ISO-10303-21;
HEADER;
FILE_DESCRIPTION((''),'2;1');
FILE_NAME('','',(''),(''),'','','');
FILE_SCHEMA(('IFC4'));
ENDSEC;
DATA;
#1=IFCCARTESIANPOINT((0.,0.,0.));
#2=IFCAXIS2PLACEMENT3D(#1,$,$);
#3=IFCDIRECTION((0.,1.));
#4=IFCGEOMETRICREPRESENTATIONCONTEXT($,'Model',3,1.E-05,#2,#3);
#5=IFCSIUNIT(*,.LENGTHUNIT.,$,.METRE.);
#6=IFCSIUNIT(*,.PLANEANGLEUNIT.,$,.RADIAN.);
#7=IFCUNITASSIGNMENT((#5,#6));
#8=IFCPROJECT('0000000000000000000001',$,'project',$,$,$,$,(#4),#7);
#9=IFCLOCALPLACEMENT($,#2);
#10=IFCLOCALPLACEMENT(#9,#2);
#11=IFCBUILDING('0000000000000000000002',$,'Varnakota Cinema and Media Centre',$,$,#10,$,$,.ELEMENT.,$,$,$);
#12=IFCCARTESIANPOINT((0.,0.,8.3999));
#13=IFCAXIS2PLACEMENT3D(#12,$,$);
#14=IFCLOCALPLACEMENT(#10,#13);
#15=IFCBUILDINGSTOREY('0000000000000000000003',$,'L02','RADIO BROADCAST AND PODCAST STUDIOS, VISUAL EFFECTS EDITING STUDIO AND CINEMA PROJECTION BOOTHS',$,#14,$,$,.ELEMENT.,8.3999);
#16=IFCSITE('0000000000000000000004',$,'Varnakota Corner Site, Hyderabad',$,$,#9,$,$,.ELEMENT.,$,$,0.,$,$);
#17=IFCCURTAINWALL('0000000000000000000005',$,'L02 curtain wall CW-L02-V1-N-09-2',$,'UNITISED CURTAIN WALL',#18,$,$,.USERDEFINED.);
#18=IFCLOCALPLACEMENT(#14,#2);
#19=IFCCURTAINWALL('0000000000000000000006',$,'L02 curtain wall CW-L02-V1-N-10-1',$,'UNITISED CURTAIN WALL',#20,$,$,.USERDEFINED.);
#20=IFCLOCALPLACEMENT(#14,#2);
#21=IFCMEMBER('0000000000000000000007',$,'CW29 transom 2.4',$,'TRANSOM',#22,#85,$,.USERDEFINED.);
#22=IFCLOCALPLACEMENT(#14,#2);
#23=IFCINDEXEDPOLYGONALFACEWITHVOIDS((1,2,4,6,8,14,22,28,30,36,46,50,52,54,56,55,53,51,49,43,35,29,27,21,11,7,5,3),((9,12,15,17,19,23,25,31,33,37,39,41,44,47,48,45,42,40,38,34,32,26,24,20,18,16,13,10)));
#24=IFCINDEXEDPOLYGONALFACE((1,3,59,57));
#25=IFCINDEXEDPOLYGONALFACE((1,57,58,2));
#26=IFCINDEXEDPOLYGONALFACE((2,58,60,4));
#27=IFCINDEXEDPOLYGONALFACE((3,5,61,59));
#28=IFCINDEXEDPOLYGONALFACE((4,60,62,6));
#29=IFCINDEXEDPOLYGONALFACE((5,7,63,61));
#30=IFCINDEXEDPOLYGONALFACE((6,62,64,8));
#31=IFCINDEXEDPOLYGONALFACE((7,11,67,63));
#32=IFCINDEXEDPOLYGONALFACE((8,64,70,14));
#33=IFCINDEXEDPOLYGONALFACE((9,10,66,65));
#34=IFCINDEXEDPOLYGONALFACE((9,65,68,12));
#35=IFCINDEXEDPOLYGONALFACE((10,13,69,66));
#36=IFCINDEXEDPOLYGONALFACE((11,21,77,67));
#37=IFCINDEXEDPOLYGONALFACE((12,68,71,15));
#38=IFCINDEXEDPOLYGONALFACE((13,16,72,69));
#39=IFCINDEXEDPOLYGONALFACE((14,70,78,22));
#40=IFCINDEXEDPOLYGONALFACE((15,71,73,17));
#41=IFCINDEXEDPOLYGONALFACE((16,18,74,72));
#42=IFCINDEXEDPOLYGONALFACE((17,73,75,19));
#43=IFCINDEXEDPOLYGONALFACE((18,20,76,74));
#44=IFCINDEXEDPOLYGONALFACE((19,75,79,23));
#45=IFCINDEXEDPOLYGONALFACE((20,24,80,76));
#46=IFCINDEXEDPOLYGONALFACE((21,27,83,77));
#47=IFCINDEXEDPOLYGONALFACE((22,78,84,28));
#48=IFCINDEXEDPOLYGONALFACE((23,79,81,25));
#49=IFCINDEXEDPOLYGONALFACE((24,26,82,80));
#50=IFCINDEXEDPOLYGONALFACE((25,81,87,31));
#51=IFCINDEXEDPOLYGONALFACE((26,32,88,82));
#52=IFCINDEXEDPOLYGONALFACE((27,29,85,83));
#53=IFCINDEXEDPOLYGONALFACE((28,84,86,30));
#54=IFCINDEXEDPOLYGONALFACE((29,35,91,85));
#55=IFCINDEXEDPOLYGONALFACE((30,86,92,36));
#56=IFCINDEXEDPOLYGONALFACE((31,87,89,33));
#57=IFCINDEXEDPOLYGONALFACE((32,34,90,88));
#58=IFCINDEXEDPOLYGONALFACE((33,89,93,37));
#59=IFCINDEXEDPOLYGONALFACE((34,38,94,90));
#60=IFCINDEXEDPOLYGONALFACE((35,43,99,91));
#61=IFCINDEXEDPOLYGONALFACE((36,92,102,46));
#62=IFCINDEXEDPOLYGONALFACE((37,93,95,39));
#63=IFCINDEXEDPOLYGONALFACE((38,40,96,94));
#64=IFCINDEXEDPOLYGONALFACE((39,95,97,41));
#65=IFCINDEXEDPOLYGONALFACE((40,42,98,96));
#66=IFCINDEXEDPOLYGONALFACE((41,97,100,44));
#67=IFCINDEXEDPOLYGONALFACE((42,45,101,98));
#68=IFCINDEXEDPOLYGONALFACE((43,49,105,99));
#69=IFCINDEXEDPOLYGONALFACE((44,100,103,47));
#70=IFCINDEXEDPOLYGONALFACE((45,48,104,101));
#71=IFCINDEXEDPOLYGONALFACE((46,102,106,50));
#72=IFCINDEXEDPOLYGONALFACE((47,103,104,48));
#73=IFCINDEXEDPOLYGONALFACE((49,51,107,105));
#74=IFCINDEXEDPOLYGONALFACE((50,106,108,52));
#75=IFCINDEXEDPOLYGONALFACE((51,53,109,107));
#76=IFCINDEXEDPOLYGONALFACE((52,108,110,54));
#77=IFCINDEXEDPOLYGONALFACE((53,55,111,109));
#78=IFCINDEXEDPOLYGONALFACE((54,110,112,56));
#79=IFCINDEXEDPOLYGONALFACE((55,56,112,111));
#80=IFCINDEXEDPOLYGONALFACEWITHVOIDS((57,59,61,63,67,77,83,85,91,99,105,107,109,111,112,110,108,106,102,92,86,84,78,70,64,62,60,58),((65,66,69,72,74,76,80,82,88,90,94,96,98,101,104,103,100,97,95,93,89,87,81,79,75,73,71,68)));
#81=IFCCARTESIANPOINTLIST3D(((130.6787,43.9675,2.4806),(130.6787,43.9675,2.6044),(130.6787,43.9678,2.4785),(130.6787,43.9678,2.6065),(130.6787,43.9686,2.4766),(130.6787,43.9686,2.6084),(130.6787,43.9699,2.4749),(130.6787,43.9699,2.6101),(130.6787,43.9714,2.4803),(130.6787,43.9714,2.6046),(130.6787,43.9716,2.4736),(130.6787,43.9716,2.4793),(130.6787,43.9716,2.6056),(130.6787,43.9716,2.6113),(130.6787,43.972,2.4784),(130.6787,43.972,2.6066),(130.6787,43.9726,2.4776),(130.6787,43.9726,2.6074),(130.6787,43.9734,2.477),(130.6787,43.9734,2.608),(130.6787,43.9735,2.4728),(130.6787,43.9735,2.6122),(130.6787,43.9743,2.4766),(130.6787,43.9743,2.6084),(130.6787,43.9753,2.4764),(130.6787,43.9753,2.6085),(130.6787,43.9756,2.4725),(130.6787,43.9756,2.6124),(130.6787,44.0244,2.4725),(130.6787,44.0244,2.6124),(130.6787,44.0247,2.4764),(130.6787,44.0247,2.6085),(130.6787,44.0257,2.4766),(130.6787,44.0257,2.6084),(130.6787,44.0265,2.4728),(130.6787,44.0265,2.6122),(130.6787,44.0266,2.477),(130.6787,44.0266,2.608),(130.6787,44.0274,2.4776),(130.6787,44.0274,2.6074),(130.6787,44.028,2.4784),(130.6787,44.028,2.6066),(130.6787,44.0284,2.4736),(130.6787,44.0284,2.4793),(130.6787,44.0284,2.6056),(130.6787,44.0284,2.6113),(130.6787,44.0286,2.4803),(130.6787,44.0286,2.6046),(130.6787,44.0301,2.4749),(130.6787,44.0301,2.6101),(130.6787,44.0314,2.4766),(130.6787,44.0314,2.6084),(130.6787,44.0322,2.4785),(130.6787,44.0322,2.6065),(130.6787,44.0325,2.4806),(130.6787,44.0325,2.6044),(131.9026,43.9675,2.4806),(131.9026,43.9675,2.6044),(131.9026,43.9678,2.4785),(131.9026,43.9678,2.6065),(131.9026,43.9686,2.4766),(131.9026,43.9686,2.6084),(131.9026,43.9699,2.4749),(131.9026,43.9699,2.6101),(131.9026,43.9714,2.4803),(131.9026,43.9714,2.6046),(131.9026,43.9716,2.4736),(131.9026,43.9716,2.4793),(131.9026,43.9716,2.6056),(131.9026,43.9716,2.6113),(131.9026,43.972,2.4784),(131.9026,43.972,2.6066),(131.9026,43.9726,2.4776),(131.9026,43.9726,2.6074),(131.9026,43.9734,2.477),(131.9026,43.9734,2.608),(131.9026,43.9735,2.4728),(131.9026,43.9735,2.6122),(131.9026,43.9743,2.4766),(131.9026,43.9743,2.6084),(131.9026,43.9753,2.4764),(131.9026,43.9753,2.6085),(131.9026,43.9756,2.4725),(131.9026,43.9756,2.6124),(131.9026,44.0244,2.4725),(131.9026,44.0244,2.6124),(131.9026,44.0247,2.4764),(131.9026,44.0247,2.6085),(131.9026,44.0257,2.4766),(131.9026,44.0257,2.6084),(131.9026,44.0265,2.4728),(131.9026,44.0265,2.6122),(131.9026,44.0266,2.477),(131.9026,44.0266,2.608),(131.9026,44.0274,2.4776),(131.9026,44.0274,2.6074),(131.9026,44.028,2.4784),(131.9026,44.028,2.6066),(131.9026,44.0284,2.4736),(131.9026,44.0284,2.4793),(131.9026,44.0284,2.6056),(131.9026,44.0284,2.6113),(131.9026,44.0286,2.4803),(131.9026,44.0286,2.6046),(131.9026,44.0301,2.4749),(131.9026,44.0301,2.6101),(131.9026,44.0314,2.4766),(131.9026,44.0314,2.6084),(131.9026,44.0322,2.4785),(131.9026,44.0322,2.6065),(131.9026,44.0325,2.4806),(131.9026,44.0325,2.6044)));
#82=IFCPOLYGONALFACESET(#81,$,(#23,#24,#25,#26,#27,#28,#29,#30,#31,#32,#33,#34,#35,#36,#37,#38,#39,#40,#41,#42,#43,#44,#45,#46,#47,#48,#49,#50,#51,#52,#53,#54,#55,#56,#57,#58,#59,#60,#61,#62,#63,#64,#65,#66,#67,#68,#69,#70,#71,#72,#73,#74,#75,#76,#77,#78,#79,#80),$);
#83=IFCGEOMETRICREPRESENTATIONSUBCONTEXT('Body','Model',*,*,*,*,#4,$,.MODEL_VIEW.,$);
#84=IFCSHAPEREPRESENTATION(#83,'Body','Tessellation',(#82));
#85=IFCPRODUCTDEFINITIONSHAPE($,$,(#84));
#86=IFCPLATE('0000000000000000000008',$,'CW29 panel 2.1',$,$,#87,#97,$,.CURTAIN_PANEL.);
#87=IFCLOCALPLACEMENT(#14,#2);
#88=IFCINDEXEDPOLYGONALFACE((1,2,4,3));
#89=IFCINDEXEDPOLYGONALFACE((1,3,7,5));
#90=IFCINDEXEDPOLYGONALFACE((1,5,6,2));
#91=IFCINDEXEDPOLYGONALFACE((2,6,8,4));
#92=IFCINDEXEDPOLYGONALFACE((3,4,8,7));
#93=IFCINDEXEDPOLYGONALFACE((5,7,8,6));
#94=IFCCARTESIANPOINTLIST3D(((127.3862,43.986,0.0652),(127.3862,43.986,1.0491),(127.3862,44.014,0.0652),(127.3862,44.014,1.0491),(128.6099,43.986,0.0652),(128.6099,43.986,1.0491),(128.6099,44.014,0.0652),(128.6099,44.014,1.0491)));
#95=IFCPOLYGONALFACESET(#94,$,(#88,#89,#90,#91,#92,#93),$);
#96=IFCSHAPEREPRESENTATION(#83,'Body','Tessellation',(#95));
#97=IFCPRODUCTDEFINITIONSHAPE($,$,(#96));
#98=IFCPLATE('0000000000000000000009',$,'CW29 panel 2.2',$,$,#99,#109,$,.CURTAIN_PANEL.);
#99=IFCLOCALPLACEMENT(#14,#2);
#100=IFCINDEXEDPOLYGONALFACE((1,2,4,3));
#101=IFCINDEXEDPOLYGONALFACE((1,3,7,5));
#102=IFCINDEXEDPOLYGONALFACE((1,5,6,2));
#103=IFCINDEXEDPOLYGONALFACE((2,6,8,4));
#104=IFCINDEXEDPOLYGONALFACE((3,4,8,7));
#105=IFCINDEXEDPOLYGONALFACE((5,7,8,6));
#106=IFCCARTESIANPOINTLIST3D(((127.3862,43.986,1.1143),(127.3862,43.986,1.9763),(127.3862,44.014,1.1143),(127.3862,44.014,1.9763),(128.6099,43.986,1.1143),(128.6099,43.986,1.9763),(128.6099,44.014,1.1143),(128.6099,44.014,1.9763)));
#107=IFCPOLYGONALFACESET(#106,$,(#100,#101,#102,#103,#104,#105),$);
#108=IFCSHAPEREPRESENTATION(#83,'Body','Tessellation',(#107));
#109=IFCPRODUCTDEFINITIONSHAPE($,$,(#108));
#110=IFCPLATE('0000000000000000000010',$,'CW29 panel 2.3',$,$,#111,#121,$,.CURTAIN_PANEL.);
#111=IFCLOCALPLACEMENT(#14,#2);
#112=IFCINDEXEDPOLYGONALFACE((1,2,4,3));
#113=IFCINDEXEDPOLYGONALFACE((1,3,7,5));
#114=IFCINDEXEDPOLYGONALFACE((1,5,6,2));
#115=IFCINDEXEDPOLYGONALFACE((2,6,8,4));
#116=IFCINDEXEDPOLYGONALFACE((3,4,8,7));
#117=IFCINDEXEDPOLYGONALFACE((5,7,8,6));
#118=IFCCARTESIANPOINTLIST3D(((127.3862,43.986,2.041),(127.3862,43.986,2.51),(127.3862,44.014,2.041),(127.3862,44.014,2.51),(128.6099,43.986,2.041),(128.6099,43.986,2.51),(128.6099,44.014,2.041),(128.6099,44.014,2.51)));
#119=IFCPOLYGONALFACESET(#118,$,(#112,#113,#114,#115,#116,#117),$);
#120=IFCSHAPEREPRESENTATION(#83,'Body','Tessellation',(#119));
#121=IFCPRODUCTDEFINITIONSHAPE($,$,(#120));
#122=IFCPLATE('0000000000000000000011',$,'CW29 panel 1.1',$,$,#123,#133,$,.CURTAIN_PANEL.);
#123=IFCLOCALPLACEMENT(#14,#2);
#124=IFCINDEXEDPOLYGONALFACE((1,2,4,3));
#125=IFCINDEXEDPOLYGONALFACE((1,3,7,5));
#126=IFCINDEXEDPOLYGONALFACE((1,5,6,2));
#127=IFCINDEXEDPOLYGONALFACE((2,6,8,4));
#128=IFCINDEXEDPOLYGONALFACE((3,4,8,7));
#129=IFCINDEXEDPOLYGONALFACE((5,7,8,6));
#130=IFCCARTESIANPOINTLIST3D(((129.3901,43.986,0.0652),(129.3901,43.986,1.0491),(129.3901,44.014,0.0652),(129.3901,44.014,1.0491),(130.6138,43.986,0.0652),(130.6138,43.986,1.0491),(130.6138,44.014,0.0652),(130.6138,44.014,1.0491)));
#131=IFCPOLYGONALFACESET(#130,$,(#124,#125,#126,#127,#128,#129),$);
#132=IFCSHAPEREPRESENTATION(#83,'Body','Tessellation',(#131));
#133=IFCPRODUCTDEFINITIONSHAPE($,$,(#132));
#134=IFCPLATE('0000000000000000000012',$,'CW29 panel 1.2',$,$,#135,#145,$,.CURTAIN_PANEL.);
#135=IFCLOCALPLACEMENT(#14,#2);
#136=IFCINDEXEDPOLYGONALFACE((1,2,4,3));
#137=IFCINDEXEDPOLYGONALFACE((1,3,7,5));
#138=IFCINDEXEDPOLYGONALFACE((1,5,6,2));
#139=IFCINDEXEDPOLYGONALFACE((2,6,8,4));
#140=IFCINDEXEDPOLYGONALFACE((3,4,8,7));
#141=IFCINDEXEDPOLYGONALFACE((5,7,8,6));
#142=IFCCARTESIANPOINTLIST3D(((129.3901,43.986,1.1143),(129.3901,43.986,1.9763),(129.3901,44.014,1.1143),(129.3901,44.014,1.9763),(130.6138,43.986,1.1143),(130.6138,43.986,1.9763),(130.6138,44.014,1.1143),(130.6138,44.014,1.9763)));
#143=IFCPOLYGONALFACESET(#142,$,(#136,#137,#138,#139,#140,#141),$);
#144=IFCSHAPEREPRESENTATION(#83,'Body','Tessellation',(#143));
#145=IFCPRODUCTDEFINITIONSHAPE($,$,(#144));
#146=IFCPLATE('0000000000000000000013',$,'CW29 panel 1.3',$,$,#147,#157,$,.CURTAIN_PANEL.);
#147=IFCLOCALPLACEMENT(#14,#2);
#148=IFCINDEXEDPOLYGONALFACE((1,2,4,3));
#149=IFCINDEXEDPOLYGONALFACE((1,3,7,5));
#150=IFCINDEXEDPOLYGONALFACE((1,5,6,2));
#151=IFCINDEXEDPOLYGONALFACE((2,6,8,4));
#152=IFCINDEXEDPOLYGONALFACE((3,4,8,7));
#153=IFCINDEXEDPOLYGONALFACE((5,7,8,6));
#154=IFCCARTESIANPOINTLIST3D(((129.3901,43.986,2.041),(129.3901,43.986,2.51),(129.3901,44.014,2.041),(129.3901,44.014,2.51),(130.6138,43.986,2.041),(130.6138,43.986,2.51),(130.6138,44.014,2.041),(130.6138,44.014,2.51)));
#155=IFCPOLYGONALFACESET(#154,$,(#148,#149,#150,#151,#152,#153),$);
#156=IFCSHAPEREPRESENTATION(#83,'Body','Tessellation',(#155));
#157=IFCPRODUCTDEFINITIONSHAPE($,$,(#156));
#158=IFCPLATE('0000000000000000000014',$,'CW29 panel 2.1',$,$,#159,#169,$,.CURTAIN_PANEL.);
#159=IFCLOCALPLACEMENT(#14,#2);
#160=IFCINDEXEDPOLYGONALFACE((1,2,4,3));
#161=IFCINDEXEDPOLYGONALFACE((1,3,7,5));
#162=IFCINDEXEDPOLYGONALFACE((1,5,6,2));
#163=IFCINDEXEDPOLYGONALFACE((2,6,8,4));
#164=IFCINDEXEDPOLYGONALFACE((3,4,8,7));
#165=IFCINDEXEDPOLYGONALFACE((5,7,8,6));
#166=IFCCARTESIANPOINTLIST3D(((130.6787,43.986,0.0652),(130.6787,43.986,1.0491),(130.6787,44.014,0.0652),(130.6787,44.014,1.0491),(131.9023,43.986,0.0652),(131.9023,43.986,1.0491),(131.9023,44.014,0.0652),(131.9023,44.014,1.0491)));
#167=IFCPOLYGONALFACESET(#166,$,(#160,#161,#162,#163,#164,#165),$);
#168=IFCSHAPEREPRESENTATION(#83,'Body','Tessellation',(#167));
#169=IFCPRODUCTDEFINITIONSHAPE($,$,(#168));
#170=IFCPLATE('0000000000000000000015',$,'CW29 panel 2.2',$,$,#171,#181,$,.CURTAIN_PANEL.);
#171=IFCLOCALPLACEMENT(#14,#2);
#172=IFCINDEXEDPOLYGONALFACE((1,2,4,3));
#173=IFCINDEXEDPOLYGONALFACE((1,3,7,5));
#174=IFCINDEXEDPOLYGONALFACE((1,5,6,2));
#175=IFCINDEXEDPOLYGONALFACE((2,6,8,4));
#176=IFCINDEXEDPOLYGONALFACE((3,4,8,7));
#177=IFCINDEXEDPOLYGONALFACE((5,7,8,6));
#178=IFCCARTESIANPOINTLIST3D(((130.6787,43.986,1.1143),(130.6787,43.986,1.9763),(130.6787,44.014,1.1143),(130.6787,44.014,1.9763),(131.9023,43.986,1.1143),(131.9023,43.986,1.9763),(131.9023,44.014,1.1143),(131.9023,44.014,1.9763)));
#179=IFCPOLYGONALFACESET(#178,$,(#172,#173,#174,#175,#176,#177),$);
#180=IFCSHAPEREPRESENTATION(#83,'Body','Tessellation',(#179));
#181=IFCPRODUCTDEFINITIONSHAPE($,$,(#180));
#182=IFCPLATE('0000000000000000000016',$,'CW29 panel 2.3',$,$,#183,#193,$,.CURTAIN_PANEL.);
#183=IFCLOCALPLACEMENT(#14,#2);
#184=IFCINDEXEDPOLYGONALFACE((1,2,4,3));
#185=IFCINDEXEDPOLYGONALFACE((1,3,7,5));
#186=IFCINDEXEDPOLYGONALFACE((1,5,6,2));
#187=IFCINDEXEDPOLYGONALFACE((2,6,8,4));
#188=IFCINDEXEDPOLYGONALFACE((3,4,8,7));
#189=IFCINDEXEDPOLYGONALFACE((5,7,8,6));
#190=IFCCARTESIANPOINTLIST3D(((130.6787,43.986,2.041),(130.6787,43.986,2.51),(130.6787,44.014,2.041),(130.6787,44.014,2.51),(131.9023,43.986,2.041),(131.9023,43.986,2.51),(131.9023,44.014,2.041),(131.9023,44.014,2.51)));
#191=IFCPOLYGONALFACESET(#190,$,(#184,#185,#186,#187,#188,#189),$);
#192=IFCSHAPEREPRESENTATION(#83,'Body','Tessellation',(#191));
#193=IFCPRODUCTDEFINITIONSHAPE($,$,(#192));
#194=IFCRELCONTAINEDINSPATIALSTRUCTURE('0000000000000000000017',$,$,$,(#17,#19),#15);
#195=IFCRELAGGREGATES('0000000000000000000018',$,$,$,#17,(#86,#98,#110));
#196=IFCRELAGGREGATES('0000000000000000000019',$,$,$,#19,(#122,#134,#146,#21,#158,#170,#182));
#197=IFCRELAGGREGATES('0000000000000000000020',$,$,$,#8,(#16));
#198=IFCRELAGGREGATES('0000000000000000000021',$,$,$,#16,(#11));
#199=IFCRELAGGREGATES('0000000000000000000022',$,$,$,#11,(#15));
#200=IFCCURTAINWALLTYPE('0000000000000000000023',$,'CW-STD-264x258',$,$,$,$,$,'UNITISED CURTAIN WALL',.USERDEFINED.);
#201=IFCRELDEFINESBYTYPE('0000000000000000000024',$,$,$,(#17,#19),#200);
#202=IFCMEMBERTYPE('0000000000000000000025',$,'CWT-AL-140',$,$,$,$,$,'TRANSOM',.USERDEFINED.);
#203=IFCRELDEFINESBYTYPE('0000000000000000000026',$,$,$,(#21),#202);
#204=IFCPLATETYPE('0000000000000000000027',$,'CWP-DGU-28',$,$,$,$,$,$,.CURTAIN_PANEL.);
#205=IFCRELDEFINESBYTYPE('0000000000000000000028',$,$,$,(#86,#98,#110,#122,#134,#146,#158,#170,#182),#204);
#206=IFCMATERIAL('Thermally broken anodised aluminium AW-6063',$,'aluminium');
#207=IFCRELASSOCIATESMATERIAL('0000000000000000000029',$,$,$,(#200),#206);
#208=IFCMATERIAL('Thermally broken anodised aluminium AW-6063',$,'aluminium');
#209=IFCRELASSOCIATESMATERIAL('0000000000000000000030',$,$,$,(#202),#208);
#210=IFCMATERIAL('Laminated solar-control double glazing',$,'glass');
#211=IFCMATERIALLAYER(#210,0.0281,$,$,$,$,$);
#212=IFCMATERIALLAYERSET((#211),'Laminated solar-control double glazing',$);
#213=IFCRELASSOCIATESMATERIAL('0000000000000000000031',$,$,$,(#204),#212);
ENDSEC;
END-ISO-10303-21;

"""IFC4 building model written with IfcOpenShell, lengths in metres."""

from ifc_helpers import new_model, si_unit, direction, frame, origin, origin_2d, place, context, subcontext, project, spatial, rectangle, hollow_rectangle, extrude, material, layer, layer_set, material_profile, profile_set, type_object, element, aggregate, save


model = new_model("IFC4")

# Units and contexts
model_context = context("Model", 3, precision=1e-05, world=origin(), true_north=direction((0.0, 1.0)))
body_context = subcontext(model_context, "Body", "Model", "MODEL_VIEW")
ifc_project = project(units=[si_unit("LENGTHUNIT", "METRE"), si_unit("PLANEANGLEUNIT", "RADIAN")], contexts=[model_context])

# Site, building, storey
site_placement = place(None, origin())
site = spatial("IfcSite", under=ifc_project, at=site_placement, Name="Varnakota Corner Site, Hyderabad", CompositionType="ELEMENT", RefElevation=0.0)
building_placement = place(site_placement, origin())
building = spatial("IfcBuilding", under=site, at=building_placement, Name="Varnakota Cinema and Media Centre", CompositionType="ELEMENT")
storey_placement = place(building_placement, frame((0.0, 0.0, 8.3999)))
storey = spatial("IfcBuildingStorey", under=building, at=storey_placement, Name="L02", Description="RADIO BROADCAST AND PODCAST STUDIOS, VISUAL EFFECTS EDITING STUDIO AND CINEMA PROJECTION BOOTHS", CompositionType="ELEMENT", Elevation=8.3999)

# Curtain wall
ifc_material_1 = material(Name="Thermally broken anodised aluminium AW-6063", Category="aluminium")
curtain_wall_type = type_object("IfcCurtainWallType", Name="CW-STD-264x258", ElementType="UNITISED CURTAIN WALL", PredefinedType="USERDEFINED", material=ifc_material_1)
curtain_wall_1_placement = place(storey_placement, origin())
curtain_wall_1 = element("IfcCurtainWall", 1, at=curtain_wall_1_placement, inside=storey, type_object=curtain_wall_type, Name="L02 curtain wall CW-L02-V1-N-09-2", ObjectType="UNITISED CURTAIN WALL", PredefinedType="USERDEFINED")

# Curtain wall
curtain_wall_2_placement = place(storey_placement, origin())
curtain_wall_2 = element("IfcCurtainWall", 2, at=curtain_wall_2_placement, inside=storey, type_object=curtain_wall_type, Name="L02 curtain wall CW-L02-V1-N-10-1", ObjectType="UNITISED CURTAIN WALL", PredefinedType="USERDEFINED")

# Member
ifc_material_2 = material(Name="Thermally broken anodised aluminium AW-6063", Category="aluminium")
ifc_material_profile_1 = material_profile(ifc_material_2, hollow_rectangle(XDim=0.0649, YDim=0.1399, WallThickness=0.0039, InnerFilletRadius=0.0039, OuterFilletRadius=0.0081, at=origin_2d()), Name="AL-TRANSOM 140x65x4")
ifc_profile_set_1 = profile_set([ifc_material_profile_1], Name="Thermally broken anodised aluminium AW-6063")
member_type_1 = type_object("IfcMemberType", Name="CWT-AL-140", ElementType="TRANSOM", PredefinedType="USERDEFINED", material=ifc_profile_set_1)
member_1_placement = place(storey_placement, frame((130.6787, 44.0, 2.5425), z_axis=(1.0, 0.0, 0.0), x_axis=(0.0, 1.0, 0.0)))
member_1 = element("IfcMember", 3, at=member_1_placement, type_object=member_type_1, Name="CW29 transom 2.4", ObjectType="TRANSOM", PredefinedType="USERDEFINED", context=body_context, shape_type="SweptSolid", body=[
    extrude(hollow_rectangle(XDim=0.0649, YDim=0.1399, WallThickness=0.0039, InnerFilletRadius=0.0039, OuterFilletRadius=0.0081, at=origin_2d()), origin(), (0.0, 0.0, 1.0), 1.2239),
])

# Plates
ifc_material_3 = material(Name="Laminated solar-control double glazing", Category="glass")
ifc_layer = layer(ifc_material_3, 0.0281)
ifc_layer_set = layer_set([ifc_layer], Name="Laminated solar-control double glazing")
plate_type = type_object("IfcPlateType", Name="CWP-DGU-28", PredefinedType="CURTAIN_PANEL", material=ifc_layer_set)
plate_1_placement = place(storey_placement, frame((127.998, 44.0, 0.0652), z_axis=(0.0, 0.0, 1.0), x_axis=(1.0, 0.0, 0.0)))
plate_1 = element("IfcPlate", 4, at=plate_1_placement, type_object=plate_type, Name="CW29 panel 2.1", PredefinedType="CURTAIN_PANEL", context=body_context, shape_type="SweptSolid", body=[
    extrude(rectangle(XDim=1.2236, YDim=0.0281, at=origin_2d()), origin(), (0.0, 0.0, 1.0), 0.9839),
])
plate_2_placement = place(storey_placement, frame((127.998, 44.0, 1.1143), z_axis=(0.0, 0.0, 1.0), x_axis=(1.0, 0.0, 0.0)))
plate_2 = element("IfcPlate", 5, at=plate_2_placement, type_object=plate_type, Name="CW29 panel 2.2", PredefinedType="CURTAIN_PANEL", context=body_context, shape_type="SweptSolid", body=[
    extrude(rectangle(XDim=1.2236, YDim=0.0281, at=origin_2d()), origin(), (0.0, 0.0, 1.0), 0.8621),
])
plate_3_placement = place(storey_placement, frame((127.998, 44.0, 2.041), z_axis=(0.0, 0.0, 1.0), x_axis=(1.0, 0.0, 0.0)))
plate_3 = element("IfcPlate", 6, at=plate_3_placement, type_object=plate_type, Name="CW29 panel 2.3", PredefinedType="CURTAIN_PANEL", context=body_context, shape_type="SweptSolid", body=[
    extrude(rectangle(XDim=1.2236, YDim=0.0281, at=origin_2d()), origin(), (0.0, 0.0, 1.0), 0.469),
])
aggregate(curtain_wall_1, [plate_1, plate_2, plate_3])
plate_4_placement = place(storey_placement, frame((130.002, 44.0, 0.0652), z_axis=(0.0, 0.0, 1.0), x_axis=(1.0, 0.0, 0.0)))
plate_4 = element("IfcPlate", 7, at=plate_4_placement, type_object=plate_type, Name="CW29 panel 1.1", PredefinedType="CURTAIN_PANEL", context=body_context, shape_type="SweptSolid", body=[
    extrude(rectangle(XDim=1.2236, YDim=0.0281, at=origin_2d()), origin(), (0.0, 0.0, 1.0), 0.9839),
])
plate_5_placement = place(storey_placement, frame((130.002, 44.0, 1.1143), z_axis=(0.0, 0.0, 1.0), x_axis=(1.0, 0.0, 0.0)))
plate_5 = element("IfcPlate", 8, at=plate_5_placement, type_object=plate_type, Name="CW29 panel 1.2", PredefinedType="CURTAIN_PANEL", context=body_context, shape_type="SweptSolid", body=[
    extrude(rectangle(XDim=1.2236, YDim=0.0281, at=origin_2d()), origin(), (0.0, 0.0, 1.0), 0.8621),
])
plate_6_placement = place(storey_placement, frame((130.002, 44.0, 2.041), z_axis=(0.0, 0.0, 1.0), x_axis=(1.0, 0.0, 0.0)))
plate_6 = element("IfcPlate", 9, at=plate_6_placement, type_object=plate_type, Name="CW29 panel 1.3", PredefinedType="CURTAIN_PANEL", context=body_context, shape_type="SweptSolid", body=[
    extrude(rectangle(XDim=1.2236, YDim=0.0281, at=origin_2d()), origin(), (0.0, 0.0, 1.0), 0.469),
])
plate_7_placement = place(storey_placement, frame((131.2905, 44.0, 0.0652), z_axis=(0.0, 0.0, 1.0), x_axis=(1.0, 0.0, 0.0)))
plate_7 = element("IfcPlate", 10, at=plate_7_placement, type_object=plate_type, Name="CW29 panel 2.1", PredefinedType="CURTAIN_PANEL", context=body_context, shape_type="SweptSolid", body=[
    extrude(rectangle(XDim=1.2236, YDim=0.0281, at=origin_2d()), origin(), (0.0, 0.0, 1.0), 0.9839),
])
plate_8_placement = place(storey_placement, frame((131.2905, 44.0, 1.1143), z_axis=(0.0, 0.0, 1.0), x_axis=(1.0, 0.0, 0.0)))
plate_8 = element("IfcPlate", 11, at=plate_8_placement, type_object=plate_type, Name="CW29 panel 2.2", PredefinedType="CURTAIN_PANEL", context=body_context, shape_type="SweptSolid", body=[
    extrude(rectangle(XDim=1.2236, YDim=0.0281, at=origin_2d()), origin(), (0.0, 0.0, 1.0), 0.8621),
])
plate_9_placement = place(storey_placement, frame((131.2905, 44.0, 2.041), z_axis=(0.0, 0.0, 1.0), x_axis=(1.0, 0.0, 0.0)))
plate_9 = element("IfcPlate", 12, at=plate_9_placement, type_object=plate_type, Name="CW29 panel 2.3", PredefinedType="CURTAIN_PANEL", context=body_context, shape_type="SweptSolid", body=[
    extrude(rectangle(XDim=1.2236, YDim=0.0281, at=origin_2d()), origin(), (0.0, 0.0, 1.0), 0.469),
])
aggregate(curtain_wall_2, [plate_4, plate_5, plate_6, member_1, plate_7, plate_8, plate_9])

save(model, "model.ifc")
